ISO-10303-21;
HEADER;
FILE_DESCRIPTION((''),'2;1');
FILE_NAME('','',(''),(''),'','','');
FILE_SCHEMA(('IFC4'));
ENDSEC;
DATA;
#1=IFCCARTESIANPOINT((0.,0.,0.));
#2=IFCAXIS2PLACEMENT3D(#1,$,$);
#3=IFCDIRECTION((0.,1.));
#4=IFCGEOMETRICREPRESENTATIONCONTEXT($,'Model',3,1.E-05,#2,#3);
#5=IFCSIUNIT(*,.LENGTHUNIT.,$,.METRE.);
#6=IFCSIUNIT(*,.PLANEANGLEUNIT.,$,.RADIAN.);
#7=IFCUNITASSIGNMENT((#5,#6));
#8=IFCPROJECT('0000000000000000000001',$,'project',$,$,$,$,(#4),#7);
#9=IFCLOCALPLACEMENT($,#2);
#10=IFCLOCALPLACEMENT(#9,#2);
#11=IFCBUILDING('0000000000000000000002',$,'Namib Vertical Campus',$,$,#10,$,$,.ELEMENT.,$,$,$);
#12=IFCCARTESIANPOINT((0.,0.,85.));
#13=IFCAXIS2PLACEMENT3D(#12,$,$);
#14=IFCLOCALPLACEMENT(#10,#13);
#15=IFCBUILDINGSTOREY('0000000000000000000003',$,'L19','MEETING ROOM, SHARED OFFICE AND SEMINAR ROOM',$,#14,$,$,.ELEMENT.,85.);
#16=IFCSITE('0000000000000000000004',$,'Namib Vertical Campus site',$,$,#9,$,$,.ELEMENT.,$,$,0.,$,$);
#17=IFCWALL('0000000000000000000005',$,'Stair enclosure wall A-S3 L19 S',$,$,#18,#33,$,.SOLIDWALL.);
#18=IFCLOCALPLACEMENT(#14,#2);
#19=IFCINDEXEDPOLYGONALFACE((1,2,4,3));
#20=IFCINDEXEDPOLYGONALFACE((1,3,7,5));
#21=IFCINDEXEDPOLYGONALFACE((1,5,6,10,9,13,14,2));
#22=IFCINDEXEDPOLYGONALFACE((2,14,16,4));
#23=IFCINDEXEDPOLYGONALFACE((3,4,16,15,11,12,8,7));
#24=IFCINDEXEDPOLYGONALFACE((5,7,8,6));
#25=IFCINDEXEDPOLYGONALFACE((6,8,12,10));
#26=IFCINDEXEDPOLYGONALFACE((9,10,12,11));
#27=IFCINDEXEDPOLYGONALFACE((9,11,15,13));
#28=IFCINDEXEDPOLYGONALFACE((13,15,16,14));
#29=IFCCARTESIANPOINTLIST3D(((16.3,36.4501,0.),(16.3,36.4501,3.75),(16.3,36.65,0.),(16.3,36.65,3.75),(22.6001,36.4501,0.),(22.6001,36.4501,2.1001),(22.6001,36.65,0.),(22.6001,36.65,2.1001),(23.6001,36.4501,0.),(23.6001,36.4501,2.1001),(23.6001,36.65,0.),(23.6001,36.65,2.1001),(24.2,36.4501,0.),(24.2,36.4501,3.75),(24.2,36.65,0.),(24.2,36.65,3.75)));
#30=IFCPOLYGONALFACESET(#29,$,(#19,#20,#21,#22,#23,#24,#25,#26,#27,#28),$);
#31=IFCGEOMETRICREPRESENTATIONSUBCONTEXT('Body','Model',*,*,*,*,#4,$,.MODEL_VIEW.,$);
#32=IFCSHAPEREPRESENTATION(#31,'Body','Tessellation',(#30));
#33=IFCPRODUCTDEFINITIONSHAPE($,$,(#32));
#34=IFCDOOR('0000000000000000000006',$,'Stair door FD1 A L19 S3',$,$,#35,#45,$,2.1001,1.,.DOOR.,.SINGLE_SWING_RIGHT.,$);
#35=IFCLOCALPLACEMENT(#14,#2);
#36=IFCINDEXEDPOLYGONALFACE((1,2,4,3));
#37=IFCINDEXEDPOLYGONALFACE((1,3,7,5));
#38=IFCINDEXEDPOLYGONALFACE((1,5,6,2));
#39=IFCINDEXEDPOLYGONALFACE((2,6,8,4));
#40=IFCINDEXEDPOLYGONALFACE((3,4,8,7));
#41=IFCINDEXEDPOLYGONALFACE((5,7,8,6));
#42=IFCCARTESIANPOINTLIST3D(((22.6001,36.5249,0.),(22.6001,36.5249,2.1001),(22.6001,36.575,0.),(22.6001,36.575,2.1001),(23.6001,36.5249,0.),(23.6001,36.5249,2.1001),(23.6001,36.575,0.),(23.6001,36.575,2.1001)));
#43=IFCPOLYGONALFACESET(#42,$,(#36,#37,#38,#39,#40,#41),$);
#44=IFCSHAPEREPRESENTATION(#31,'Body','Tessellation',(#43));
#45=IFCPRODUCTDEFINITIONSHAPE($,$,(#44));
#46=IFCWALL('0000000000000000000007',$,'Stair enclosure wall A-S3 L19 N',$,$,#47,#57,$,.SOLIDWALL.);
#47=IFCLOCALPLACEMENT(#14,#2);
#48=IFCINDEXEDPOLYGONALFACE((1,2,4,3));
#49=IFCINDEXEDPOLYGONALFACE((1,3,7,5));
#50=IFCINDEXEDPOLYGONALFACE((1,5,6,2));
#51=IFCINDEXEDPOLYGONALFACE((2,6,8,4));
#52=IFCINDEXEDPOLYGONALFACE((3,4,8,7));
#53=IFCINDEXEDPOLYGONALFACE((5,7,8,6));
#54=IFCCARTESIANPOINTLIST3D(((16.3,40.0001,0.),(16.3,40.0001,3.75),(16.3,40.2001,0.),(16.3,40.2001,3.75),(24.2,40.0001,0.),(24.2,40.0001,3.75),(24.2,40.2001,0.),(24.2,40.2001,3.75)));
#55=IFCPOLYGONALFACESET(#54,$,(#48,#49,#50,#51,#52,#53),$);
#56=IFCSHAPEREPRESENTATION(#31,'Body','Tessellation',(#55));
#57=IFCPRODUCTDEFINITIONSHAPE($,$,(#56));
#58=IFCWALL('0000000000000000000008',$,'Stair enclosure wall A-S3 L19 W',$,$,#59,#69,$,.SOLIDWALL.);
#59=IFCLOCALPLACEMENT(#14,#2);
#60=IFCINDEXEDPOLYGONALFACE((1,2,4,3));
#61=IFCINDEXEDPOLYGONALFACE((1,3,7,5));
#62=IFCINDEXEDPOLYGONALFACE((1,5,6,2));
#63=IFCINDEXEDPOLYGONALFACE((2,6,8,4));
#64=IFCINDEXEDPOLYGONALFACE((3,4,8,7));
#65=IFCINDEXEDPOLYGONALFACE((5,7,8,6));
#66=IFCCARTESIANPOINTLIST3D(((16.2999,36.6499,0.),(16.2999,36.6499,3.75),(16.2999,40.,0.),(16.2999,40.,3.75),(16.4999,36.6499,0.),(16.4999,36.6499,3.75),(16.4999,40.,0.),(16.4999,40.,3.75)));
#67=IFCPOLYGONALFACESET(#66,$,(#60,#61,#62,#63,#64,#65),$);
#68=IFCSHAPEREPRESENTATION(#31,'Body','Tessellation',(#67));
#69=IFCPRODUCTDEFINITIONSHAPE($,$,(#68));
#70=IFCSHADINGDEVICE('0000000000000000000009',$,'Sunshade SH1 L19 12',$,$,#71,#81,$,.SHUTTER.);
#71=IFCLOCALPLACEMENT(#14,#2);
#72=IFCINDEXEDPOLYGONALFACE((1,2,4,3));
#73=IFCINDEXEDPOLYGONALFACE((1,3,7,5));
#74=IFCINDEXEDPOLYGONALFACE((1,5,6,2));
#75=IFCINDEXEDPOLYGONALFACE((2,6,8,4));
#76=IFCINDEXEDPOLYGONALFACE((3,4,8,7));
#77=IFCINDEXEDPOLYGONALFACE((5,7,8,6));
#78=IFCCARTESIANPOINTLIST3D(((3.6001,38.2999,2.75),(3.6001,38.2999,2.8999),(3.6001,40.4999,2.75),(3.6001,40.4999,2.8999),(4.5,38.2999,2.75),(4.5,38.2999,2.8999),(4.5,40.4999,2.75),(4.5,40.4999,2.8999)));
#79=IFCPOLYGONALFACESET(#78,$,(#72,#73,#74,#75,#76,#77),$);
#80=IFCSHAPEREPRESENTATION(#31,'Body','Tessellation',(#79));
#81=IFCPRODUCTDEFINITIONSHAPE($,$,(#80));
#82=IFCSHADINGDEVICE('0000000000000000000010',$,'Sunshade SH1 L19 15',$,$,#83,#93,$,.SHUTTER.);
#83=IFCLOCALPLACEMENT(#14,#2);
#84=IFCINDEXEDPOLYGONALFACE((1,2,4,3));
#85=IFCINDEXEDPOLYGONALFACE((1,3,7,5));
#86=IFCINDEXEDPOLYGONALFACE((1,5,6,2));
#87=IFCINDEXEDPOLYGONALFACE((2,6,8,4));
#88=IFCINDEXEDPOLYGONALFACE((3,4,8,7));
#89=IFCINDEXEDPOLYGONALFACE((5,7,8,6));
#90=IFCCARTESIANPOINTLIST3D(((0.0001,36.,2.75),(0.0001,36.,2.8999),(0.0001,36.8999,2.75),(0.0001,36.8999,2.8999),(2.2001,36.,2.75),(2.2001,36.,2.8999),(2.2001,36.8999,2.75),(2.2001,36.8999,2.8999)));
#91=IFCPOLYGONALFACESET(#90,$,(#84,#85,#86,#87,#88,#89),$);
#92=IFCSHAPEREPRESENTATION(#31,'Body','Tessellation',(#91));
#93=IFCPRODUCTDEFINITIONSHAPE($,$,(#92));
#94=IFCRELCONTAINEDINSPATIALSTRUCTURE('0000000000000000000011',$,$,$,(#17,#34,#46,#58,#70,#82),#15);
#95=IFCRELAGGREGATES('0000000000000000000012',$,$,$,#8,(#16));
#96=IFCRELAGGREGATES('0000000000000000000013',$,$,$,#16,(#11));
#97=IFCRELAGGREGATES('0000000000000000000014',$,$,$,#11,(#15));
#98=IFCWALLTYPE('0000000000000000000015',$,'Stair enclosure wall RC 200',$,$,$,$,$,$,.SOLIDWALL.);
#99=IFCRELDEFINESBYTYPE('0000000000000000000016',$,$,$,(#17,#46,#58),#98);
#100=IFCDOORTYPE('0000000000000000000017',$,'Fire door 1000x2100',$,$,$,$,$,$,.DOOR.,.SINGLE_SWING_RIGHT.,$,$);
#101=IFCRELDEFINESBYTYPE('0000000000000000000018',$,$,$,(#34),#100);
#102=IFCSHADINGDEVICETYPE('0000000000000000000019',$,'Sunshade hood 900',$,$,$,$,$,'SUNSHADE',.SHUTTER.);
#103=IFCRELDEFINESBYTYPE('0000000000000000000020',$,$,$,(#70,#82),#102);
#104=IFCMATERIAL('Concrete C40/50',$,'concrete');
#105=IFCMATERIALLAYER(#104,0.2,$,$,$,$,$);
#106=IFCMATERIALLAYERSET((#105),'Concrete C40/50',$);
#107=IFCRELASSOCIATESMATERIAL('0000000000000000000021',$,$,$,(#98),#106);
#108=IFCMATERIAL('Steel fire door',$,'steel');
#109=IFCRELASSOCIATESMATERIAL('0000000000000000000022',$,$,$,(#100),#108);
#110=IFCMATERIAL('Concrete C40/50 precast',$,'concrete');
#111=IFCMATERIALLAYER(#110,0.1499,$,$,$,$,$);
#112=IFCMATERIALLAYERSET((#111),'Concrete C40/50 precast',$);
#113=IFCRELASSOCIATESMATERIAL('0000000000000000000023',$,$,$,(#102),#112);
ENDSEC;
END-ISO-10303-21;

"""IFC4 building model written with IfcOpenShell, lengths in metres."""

from ifc_helpers import new_model, si_unit, direction, frame, frame_2d, origin, origin_2d, place, context, subcontext, project, spatial, rectangle, extrude, material, layer, layer_set, type_object, element, fill, save


model = new_model("IFC4")

# Units and contexts
model_context = context("Model", 3, precision=1e-05, world=origin(), true_north=direction((0.0, 1.0)))
body_context = subcontext(model_context, "Body", "Model", "MODEL_VIEW")
ifc_project = project(units=[si_unit("LENGTHUNIT", "METRE"), si_unit("PLANEANGLEUNIT", "RADIAN")], contexts=[model_context])

# Site, building, storey
site_placement = place(None, origin())
site = spatial("IfcSite", under=ifc_project, at=site_placement, Name="Namib Vertical Campus site", CompositionType="ELEMENT", RefElevation=0.0)
building_placement = place(site_placement, origin())
building = spatial("IfcBuilding", under=site, at=building_placement, Name="Namib Vertical Campus", CompositionType="ELEMENT")
storey_placement = place(building_placement, frame((0.0, 0.0, 85.0)))
storey = spatial("IfcBuildingStorey", under=building, at=storey_placement, Name="L19", Description="MEETING ROOM, SHARED OFFICE AND SEMINAR ROOM", CompositionType="ELEMENT", Elevation=85.0)

# Wall, opening, door
ifc_material_1 = material(Name="Concrete C40/50", Category="concrete")
ifc_layer_1 = layer(ifc_material_1, 0.2)
ifc_layer_set_1 = layer_set([ifc_layer_1], Name="Concrete C40/50")
wall_type_1 = type_object("IfcWallType", Name="Stair enclosure wall RC 200", PredefinedType="SOLIDWALL", material=ifc_layer_set_1)
wall_1_placement = place(storey_placement, frame((16.3, 36.55, 0.0), z_axis=(0.0, 0.0, 1.0), x_axis=(1.0, 0.0, 0.0)))
wall_1 = element("IfcWall", 1, at=wall_1_placement, inside=storey, type_object=wall_type_1, Name="Stair enclosure wall A-S3 L19 S", PredefinedType="SOLIDWALL", context=body_context, shape_type="SweptSolid", body=[
    extrude(rectangle(XDim=7.8999, YDim=0.2, at=frame_2d((3.95, 0.0))), origin(), (0.0, 0.0, 1.0), 3.75),
])
opening_1_placement = place(wall_1_placement, frame((6.3, 0.0, 0.0)))
opening_1 = element("IfcOpeningElement", 2, at=opening_1_placement, cuts=wall_1, PredefinedType="OPENING", context=body_context, shape_type="SweptSolid", body=[
    extrude(rectangle(XDim=1.0, YDim=2.1001, at=frame_2d((0.5, 1.05))), frame((0.0, 0.1099, 0.0), z_axis=(0.0, -1.0, 0.0), x_axis=(1.0, 0.0, 0.0)), (0.0, 0.0, 1.0), 0.22),
])
ifc_material_2 = material(Name="Steel fire door", Category="steel")
door_type = type_object("IfcDoorType", Name="Fire door 1000x2100", OperationType="SINGLE_SWING_RIGHT", PredefinedType="DOOR", material=ifc_material_2)
door_placement = place(opening_1_placement, origin())
door = element("IfcDoor", 3, at=door_placement, inside=storey, type_object=door_type, Name="Stair door FD1 A L19 S3", OperationType="SINGLE_SWING_RIGHT", OverallHeight=2.1001, OverallWidth=1.0, PredefinedType="DOOR", context=body_context, shape_type="SweptSolid", body=[
    extrude(rectangle(XDim=1.0, YDim=2.1001, at=frame_2d((0.5, 1.05))), frame((0.0, 0.0249, 0.0), z_axis=(0.0, -1.0, 0.0), x_axis=(1.0, 0.0, 0.0)), (0.0, 0.0, 1.0), 0.05),
])
fill(opening_1, door)

# Walls
wall_2_placement = place(storey_placement, frame((16.3, 40.1001, 0.0), z_axis=(0.0, 0.0, 1.0), x_axis=(1.0, 0.0, 0.0)))
element("IfcWall", 4, at=wall_2_placement, inside=storey, type_object=wall_type_1, Name="Stair enclosure wall A-S3 L19 N", PredefinedType="SOLIDWALL", context=body_context, shape_type="SweptSolid", body=[
    extrude(rectangle(XDim=7.8999, YDim=0.2, at=frame_2d((3.95, 0.0))), origin(), (0.0, 0.0, 1.0), 3.75),
])
wall_3_placement = place(storey_placement, frame((16.3999, 36.6499, 0.0), z_axis=(0.0, 0.0, 1.0), x_axis=(0.0, 1.0, 0.0)))
element("IfcWall", 5, at=wall_3_placement, inside=storey, type_object=wall_type_1, Name="Stair enclosure wall A-S3 L19 W", PredefinedType="SOLIDWALL", context=body_context, shape_type="SweptSolid", body=[
    extrude(rectangle(XDim=3.3501, YDim=0.2, at=frame_2d((1.675, 0.0))), origin(), (0.0, 0.0, 1.0), 3.75),
])

# Shading devices
ifc_material_3 = material(Name="Concrete C40/50 precast", Category="concrete")
ifc_layer_2 = layer(ifc_material_3, 0.1499)
ifc_layer_set_2 = layer_set([ifc_layer_2], Name="Concrete C40/50 precast")
shading_device_type = type_object("IfcShadingDeviceType", Name="Sunshade hood 900", ElementType="SUNSHADE", PredefinedType="SHUTTER", material=ifc_layer_set_2)
for number, where, z_axis, x_axis, name in (
    (6, (4.05, 39.3999, 2.75), (0.0, 0.0, 1.0), (0.0, -1.0, 0.0), "Sunshade SH1 L19 12"),
    (7, (1.1001, 36.45, 2.75), (0.0, 0.0, 1.0), (-1.0, 0.0, 0.0), "Sunshade SH1 L19 15"),
):
    element("IfcShadingDevice", number, at=place(storey_placement, frame(where, z_axis=z_axis, x_axis=x_axis)), inside=storey, type_object=shading_device_type, Name=name, PredefinedType="SHUTTER", context=body_context, shape_type="SweptSolid", body=[
        extrude(rectangle(XDim=2.2, YDim=0.8999, at=origin_2d()), origin(), (0.0, 0.0, 1.0), 0.1499),
    ])

save(model, "model.ifc")
